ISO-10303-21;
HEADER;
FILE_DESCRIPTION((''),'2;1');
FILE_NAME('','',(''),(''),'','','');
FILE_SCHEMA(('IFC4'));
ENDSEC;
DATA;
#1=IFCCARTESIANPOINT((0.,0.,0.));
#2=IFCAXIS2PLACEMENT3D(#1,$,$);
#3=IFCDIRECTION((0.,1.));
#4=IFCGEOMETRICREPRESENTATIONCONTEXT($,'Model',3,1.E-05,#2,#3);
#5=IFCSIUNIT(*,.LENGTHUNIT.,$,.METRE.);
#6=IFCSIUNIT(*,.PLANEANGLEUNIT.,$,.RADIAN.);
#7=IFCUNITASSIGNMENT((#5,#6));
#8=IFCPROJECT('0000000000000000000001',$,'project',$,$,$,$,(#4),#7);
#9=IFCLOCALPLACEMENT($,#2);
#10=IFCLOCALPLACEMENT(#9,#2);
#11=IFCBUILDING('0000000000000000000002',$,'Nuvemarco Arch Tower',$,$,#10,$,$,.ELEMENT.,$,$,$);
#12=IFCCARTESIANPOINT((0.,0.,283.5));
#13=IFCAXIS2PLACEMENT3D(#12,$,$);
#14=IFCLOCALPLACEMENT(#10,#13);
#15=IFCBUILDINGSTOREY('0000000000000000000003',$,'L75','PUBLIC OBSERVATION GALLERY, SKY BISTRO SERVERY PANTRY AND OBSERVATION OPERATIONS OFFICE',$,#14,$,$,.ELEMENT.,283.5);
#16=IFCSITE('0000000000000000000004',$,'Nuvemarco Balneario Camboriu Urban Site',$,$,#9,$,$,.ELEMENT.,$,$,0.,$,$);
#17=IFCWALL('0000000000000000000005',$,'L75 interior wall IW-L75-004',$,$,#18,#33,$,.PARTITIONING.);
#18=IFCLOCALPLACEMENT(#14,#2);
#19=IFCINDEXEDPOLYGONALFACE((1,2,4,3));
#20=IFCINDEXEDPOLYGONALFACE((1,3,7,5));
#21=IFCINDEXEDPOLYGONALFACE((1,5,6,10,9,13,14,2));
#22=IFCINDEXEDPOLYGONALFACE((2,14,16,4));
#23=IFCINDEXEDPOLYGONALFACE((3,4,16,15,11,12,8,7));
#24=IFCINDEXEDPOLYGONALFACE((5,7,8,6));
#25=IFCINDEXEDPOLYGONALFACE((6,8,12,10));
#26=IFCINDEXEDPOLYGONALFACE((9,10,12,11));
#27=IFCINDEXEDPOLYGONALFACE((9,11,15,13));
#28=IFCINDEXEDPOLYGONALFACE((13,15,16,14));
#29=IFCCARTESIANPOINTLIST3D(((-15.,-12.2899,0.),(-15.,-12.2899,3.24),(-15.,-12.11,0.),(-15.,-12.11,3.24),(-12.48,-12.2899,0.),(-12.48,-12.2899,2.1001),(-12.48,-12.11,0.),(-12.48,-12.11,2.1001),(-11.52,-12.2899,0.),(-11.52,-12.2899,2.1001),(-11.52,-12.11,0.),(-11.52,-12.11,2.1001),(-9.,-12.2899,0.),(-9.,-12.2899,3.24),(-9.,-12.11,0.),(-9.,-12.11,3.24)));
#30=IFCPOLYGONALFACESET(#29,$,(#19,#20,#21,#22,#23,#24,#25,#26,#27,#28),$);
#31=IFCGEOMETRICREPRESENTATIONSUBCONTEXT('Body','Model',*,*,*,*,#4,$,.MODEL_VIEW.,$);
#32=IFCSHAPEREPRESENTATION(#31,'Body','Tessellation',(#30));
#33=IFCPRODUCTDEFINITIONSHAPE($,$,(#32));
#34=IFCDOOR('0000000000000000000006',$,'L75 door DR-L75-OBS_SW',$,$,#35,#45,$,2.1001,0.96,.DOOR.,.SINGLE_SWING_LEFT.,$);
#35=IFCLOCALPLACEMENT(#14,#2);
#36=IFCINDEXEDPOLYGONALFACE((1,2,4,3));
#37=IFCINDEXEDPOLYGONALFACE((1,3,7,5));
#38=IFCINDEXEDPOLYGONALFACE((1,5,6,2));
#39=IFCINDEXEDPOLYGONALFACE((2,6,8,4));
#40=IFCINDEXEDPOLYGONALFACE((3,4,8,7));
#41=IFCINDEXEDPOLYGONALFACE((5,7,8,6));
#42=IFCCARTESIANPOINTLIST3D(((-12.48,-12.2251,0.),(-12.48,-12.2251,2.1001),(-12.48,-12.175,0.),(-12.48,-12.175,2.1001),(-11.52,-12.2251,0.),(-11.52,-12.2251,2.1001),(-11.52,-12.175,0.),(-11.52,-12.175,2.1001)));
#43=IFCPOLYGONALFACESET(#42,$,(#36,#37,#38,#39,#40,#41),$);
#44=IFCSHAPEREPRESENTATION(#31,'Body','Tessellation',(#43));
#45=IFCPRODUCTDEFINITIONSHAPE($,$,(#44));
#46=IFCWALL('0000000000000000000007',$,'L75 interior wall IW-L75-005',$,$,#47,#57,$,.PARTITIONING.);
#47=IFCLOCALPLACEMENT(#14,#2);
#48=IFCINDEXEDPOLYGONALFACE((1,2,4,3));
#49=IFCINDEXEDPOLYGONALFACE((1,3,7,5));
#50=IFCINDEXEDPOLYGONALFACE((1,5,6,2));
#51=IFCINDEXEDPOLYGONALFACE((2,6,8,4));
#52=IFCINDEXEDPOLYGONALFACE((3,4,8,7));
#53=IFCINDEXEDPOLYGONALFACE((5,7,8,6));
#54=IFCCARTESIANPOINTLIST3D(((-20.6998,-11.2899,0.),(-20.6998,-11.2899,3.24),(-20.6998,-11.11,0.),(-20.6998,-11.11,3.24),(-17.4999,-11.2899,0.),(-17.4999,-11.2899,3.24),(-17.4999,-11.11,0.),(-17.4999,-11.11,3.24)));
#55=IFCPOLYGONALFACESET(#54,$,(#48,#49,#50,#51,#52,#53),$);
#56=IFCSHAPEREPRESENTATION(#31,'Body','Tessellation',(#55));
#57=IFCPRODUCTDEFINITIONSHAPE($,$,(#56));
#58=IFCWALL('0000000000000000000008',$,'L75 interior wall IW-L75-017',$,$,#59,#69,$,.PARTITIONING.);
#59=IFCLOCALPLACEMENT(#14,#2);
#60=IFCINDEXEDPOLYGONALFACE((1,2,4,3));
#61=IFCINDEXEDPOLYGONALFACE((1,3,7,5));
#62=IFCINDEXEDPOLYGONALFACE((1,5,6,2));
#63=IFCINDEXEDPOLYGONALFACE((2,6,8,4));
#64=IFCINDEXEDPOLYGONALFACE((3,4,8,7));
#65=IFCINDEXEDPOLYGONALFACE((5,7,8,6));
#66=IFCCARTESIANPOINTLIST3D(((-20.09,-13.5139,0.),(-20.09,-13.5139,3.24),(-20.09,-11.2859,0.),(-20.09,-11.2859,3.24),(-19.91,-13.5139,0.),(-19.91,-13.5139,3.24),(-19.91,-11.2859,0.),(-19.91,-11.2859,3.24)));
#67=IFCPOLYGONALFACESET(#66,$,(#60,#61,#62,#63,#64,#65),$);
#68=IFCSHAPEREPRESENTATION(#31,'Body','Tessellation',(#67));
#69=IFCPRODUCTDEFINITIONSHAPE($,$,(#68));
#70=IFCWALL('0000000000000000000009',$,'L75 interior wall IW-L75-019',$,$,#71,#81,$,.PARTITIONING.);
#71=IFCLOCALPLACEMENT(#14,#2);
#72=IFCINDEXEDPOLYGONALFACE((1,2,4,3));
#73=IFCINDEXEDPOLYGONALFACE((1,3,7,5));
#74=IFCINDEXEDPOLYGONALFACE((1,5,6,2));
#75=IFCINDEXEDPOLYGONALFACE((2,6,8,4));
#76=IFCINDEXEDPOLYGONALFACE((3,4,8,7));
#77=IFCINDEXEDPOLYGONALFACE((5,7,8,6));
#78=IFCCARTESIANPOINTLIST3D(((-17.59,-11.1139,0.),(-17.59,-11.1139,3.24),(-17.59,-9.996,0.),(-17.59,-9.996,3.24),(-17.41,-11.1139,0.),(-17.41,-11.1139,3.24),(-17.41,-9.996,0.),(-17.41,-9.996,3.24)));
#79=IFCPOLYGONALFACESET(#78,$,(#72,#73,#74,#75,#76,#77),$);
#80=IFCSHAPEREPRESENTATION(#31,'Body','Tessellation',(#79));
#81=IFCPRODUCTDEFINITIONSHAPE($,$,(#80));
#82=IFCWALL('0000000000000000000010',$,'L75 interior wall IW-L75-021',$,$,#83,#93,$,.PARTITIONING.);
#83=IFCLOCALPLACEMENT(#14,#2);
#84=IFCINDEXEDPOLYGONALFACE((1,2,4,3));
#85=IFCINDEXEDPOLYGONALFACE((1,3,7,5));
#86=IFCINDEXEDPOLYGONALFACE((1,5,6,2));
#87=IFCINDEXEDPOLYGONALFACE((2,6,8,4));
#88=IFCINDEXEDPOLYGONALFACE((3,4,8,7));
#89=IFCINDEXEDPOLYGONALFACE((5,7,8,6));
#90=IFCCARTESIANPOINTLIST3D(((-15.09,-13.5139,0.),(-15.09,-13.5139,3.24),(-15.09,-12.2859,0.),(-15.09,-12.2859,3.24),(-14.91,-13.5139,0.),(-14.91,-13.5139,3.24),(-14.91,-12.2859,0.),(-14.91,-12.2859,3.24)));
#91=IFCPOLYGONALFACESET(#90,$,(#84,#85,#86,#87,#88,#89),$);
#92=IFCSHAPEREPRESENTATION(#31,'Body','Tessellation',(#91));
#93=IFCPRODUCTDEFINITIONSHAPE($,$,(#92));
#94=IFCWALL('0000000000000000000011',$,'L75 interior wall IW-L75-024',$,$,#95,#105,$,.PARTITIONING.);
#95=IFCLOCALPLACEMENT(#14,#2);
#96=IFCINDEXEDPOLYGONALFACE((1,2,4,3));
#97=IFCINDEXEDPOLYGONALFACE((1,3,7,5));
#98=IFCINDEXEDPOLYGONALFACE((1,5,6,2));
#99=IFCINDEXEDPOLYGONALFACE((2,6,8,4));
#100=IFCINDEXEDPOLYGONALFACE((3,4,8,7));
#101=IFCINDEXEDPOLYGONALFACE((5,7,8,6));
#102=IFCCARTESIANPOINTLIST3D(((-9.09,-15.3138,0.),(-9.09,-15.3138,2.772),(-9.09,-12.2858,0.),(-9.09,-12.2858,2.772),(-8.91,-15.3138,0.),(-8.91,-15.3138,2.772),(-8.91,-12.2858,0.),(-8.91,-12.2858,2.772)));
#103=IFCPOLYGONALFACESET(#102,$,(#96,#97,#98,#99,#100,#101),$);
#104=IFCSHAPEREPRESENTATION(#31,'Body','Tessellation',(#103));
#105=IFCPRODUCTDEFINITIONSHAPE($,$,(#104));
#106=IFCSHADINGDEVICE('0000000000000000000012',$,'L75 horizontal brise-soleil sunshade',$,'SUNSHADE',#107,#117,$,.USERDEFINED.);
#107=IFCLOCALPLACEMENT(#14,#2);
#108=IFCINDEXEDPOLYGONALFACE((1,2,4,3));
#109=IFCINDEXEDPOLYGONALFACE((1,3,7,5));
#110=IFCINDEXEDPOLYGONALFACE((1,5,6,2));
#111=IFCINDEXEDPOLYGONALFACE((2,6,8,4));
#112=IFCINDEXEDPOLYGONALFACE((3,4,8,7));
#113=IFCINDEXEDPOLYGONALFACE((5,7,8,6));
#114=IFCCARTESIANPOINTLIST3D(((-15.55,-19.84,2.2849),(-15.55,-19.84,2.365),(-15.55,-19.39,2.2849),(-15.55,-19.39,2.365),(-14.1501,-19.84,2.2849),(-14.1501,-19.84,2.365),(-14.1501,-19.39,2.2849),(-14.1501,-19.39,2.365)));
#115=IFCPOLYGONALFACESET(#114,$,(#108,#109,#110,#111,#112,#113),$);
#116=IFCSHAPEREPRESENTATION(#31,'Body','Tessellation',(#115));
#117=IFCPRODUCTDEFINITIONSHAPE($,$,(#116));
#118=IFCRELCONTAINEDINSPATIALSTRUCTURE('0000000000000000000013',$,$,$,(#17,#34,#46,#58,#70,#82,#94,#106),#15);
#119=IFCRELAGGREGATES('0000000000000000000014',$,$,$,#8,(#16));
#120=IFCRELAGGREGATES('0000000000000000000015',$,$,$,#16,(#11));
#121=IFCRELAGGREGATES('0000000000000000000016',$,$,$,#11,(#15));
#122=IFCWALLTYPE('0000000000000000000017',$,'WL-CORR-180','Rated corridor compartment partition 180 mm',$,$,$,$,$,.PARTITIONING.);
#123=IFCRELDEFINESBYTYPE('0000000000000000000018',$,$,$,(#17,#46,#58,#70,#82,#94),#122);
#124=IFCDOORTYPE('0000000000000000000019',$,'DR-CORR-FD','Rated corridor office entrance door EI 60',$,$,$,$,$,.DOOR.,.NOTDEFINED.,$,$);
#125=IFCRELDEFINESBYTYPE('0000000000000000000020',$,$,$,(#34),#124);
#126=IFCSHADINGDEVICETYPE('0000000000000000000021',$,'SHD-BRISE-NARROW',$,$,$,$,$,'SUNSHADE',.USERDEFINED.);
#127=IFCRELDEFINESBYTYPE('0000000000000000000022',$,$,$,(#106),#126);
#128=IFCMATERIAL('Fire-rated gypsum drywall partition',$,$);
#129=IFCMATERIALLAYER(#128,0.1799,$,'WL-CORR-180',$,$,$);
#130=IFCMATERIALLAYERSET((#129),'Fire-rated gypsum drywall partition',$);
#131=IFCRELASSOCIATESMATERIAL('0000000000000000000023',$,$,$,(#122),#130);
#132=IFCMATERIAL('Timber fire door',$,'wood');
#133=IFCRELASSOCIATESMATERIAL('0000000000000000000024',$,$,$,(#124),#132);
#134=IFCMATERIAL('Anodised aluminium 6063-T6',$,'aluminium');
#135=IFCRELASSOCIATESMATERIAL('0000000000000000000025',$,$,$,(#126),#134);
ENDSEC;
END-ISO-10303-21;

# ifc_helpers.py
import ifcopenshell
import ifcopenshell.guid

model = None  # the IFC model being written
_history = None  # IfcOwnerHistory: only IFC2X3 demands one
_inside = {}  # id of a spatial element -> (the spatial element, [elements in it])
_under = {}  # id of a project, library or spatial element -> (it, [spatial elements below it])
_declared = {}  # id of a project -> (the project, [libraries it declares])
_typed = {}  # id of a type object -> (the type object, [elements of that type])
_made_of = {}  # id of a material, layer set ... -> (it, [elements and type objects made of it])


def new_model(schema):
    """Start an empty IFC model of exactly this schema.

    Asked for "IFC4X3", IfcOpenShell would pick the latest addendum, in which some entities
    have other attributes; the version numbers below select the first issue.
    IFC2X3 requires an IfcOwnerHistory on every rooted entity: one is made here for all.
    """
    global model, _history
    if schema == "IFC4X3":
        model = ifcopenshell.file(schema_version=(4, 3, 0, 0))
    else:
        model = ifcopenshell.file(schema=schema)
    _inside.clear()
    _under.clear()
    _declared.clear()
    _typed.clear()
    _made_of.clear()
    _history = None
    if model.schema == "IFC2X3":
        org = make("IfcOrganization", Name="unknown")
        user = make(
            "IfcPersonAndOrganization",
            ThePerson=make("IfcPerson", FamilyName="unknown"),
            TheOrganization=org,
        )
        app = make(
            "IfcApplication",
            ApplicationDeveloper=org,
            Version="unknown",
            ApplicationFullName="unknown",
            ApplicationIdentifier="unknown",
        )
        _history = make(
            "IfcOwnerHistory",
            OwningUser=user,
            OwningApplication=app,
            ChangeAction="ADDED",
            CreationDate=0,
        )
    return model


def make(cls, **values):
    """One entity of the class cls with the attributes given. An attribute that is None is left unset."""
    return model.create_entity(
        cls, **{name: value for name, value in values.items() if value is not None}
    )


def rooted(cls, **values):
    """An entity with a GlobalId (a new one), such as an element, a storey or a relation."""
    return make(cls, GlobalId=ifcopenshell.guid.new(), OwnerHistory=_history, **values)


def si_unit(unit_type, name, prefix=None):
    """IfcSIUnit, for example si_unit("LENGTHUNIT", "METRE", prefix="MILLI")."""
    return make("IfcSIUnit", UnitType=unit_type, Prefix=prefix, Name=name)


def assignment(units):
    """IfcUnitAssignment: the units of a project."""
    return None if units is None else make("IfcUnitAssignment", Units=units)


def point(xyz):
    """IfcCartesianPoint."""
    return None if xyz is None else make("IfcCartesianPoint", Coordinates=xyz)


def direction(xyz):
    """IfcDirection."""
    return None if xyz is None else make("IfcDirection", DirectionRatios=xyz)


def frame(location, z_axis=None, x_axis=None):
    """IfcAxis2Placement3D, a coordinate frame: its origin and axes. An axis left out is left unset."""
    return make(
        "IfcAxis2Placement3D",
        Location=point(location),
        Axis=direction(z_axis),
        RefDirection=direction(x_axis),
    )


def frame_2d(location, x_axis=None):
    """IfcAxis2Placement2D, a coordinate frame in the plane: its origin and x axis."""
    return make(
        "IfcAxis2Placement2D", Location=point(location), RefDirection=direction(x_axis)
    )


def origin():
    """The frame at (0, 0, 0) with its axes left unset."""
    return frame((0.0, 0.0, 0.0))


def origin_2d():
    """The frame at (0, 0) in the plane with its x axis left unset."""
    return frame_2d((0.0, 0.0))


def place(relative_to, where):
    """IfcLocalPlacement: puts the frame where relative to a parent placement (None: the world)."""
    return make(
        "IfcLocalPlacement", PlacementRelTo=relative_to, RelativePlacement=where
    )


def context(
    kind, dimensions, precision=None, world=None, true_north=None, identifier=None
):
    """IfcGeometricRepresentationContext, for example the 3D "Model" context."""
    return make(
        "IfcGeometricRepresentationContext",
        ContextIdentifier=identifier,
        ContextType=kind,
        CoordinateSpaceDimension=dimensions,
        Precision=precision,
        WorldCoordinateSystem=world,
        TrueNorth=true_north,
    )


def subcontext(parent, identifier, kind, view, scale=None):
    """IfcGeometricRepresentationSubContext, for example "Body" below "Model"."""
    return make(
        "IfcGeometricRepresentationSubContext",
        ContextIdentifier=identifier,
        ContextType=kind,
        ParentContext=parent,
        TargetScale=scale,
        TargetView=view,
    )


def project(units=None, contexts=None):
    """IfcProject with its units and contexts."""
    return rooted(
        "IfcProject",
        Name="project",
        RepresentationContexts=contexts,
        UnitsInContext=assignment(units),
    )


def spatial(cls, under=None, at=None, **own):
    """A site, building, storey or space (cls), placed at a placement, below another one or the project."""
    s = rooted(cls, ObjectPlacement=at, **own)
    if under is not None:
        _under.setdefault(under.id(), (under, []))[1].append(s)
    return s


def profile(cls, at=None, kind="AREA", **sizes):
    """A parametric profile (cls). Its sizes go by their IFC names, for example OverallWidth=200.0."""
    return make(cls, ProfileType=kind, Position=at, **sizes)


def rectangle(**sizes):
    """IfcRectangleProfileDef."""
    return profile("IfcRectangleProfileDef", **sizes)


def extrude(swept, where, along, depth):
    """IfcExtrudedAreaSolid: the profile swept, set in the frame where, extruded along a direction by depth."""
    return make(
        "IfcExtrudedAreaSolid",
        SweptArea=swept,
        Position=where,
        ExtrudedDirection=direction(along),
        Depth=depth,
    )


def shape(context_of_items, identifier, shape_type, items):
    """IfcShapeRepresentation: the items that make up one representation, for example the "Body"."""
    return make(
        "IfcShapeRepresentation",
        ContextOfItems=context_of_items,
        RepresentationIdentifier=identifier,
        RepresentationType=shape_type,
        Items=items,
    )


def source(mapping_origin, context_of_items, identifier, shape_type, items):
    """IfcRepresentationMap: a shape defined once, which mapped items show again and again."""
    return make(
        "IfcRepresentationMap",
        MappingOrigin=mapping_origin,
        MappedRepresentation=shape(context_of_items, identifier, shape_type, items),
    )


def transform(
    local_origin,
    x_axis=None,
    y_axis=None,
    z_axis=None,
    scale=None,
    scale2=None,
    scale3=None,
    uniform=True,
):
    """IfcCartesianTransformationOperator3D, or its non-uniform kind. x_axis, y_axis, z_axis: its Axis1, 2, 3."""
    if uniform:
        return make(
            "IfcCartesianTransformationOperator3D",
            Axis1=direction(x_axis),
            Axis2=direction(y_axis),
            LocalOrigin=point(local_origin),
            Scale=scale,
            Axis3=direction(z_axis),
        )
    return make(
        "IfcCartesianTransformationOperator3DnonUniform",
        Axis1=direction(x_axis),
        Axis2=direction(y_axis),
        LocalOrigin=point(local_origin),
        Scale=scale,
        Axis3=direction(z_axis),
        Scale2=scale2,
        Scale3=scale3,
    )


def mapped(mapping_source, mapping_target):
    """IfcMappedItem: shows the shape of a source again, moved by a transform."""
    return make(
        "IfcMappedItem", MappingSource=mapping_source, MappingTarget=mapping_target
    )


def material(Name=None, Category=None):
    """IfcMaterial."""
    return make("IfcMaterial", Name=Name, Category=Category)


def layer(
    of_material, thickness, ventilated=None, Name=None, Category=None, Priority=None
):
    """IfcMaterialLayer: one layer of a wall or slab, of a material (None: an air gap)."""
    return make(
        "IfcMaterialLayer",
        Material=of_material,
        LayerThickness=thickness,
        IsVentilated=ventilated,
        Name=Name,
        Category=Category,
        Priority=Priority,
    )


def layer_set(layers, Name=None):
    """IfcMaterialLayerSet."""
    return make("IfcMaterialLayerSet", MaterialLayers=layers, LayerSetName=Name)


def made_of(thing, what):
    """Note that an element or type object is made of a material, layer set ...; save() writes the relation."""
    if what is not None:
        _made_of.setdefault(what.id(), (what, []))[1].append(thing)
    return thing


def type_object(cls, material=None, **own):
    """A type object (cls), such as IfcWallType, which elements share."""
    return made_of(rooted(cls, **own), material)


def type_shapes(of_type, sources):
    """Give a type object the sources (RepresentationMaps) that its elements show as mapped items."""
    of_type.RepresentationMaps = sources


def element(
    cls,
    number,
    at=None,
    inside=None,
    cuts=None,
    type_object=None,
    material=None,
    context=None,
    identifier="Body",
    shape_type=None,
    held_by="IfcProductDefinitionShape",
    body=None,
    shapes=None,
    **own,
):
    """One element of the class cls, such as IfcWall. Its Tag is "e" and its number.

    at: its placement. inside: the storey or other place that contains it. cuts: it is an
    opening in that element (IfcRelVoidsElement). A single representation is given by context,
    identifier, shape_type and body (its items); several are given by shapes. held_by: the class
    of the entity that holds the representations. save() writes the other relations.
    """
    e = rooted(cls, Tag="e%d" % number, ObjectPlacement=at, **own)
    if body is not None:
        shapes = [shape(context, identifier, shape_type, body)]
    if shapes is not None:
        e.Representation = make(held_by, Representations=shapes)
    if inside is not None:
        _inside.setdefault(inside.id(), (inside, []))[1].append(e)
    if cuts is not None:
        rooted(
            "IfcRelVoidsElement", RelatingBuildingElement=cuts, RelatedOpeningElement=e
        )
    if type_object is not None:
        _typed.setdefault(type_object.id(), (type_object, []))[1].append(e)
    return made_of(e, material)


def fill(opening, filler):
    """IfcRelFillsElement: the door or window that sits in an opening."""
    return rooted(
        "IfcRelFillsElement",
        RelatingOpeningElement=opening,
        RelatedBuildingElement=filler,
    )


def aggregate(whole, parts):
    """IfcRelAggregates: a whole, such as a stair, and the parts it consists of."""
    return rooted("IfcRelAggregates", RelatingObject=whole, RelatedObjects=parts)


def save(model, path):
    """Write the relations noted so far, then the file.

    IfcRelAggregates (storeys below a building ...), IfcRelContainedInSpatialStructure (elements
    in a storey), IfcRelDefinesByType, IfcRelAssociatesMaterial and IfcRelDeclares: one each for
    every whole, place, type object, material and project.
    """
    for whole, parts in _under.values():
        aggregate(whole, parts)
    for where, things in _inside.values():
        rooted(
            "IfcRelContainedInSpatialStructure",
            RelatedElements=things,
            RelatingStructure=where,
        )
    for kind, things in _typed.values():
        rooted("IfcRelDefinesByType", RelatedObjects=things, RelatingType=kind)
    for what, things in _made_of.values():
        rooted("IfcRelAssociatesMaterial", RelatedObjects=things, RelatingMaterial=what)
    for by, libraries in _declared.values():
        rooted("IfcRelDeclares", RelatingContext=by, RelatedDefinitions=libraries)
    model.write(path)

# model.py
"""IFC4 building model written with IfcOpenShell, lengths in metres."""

from ifc_helpers import new_model, si_unit, direction, frame, frame_2d, origin, origin_2d, place, context, subcontext, project, spatial, rectangle, extrude, source, transform, mapped, material, layer, layer_set, type_object, type_shapes, element, fill, save


model = new_model("IFC4")

# Units and contexts
model_context = context("Model", 3, precision=1e-05, world=origin(), true_north=direction((0.0, 1.0)))
body_context = subcontext(model_context, "Body", "Model", "MODEL_VIEW")
ifc_project = project(units=[si_unit("LENGTHUNIT", "METRE"), si_unit("PLANEANGLEUNIT", "RADIAN")], contexts=[model_context])

# Site, building, storey
site_placement = place(None, origin())
site = spatial("IfcSite", under=ifc_project, at=site_placement, Name="Nuvemarco Balneario Camboriu Urban Site", CompositionType="ELEMENT", RefElevation=0.0)
building_placement = place(site_placement, origin())
building = spatial("IfcBuilding", under=site, at=building_placement, Name="Nuvemarco Arch Tower", CompositionType="ELEMENT")
storey_placement = place(building_placement, frame((0.0, 0.0, 283.5)))
storey = spatial("IfcBuildingStorey", under=building, at=storey_placement, Name="L75", Description="PUBLIC OBSERVATION GALLERY, SKY BISTRO SERVERY PANTRY AND OBSERVATION OPERATIONS OFFICE", CompositionType="ELEMENT", Elevation=283.5)

# Shared definitions
ifc_material_1 = material(Name="Fire-rated gypsum drywall partition")
ifc_layer_1 = layer(ifc_material_1, 0.1799, Name="WL-CORR-180")
ifc_layer_set_1 = layer_set([ifc_layer_1], Name="Fire-rated gypsum drywall partition")
wall_type_1 = type_object("IfcWallType", Name="WL-CORR-180", Description="Rated corridor compartment partition 180 mm", PredefinedType="PARTITIONING", material=ifc_layer_set_1)

# Wall, opening, door
wall_1_placement = place(storey_placement, frame((-15.0, -12.2, 0.0), z_axis=(0.0, 0.0, 1.0), x_axis=(1.0, 0.0, 0.0)))
wall_1 = element("IfcWall", 1, at=wall_1_placement, inside=storey, type_object=wall_type_1, Name="L75 interior wall IW-L75-004", PredefinedType="PARTITIONING", context=body_context, shape_type="SweptSolid", body=[
    extrude(rectangle(XDim=6.0, YDim=0.1799, at=frame_2d((3.0, 0.0))), origin(), (0.0, 0.0, 1.0), 3.24),
])
opening_1_placement = place(wall_1_placement, frame((2.52, 0.0, 0.0)))
opening_1 = element("IfcOpeningElement", 2, at=opening_1_placement, cuts=wall_1, PredefinedType="OPENING", context=body_context, shape_type="SweptSolid", body=[
    extrude(rectangle(XDim=0.96, YDim=2.1001, at=frame_2d((0.48, 1.05))), frame((0.0, 0.0999, 0.0), z_axis=(0.0, -1.0, 0.0), x_axis=(1.0, 0.0, 0.0)), (0.0, 0.0, 1.0), 0.2),
])
ifc_material_2 = material(Name="Timber fire door", Category="wood")
door_type = type_object("IfcDoorType", Name="DR-CORR-FD", Description="Rated corridor office entrance door EI 60", OperationType="NOTDEFINED", PredefinedType="DOOR", material=ifc_material_2)
shared_shape_1 = source(origin(), body_context, "Body", "SweptSolid", [
    extrude(rectangle(XDim=0.96, YDim=2.1001, at=frame_2d((0.48, 1.05))), frame((0.0, 0.0249, 0.0), z_axis=(0.0, -1.0, 0.0), x_axis=(1.0, 0.0, 0.0)), (0.0, 0.0, 1.0), 0.05),
])
type_shapes(door_type, [shared_shape_1])
door_placement = place(opening_1_placement, origin())
door = element("IfcDoor", 3, at=door_placement, inside=storey, type_object=door_type, Name="L75 door DR-L75-OBS_SW", OperationType="SINGLE_SWING_LEFT", OverallHeight=2.1001, OverallWidth=0.96, PredefinedType="DOOR", context=body_context, shape_type="MappedRepresentation", body=[
    mapped(shared_shape_1, transform((0.0, 0.0, 0.0), scale=1.0)),
])
fill(opening_1, door)

# Walls
wall_2_placement = place(storey_placement, frame((-20.7, -11.2, 0.0), z_axis=(0.0, 0.0, 1.0), x_axis=(1.0, 0.0, 0.0)))
element("IfcWall", 4, at=wall_2_placement, inside=storey, type_object=wall_type_1, Name="L75 interior wall IW-L75-005", PredefinedType="PARTITIONING", context=body_context, shape_type="SweptSolid", body=[
    extrude(rectangle(XDim=3.2, YDim=0.1799, at=frame_2d((1.6001, 0.0))), origin(), (0.0, 0.0, 1.0), 3.24),
])
wall_3_placement = place(storey_placement, frame((-20.0, -13.5139, 0.0), z_axis=(0.0, 0.0, 1.0), x_axis=(0.0, 1.0, 0.0)))
element("IfcWall", 5, at=wall_3_placement, inside=storey, type_object=wall_type_1, Name="L75 interior wall IW-L75-017", PredefinedType="PARTITIONING", context=body_context, shape_type="SweptSolid", body=[
    extrude(rectangle(XDim=2.228, YDim=0.1799, at=frame_2d((1.114, 0.0))), origin(), (0.0, 0.0, 1.0), 3.24),
])
wall_4_placement = place(storey_placement, frame((-17.5, -11.114, 0.0), z_axis=(0.0, 0.0, 1.0), x_axis=(0.0, 1.0, 0.0)))
element("IfcWall", 6, at=wall_4_placement, inside=storey, type_object=wall_type_1, Name="L75 interior wall IW-L75-019", PredefinedType="PARTITIONING", context=body_context, shape_type="SweptSolid", body=[
    extrude(rectangle(XDim=1.1179, YDim=0.1799, at=frame_2d((0.5591, 0.0))), origin(), (0.0, 0.0, 1.0), 3.24),
])
wall_5_placement = place(storey_placement, frame((-15.0, -13.5139, 0.0), z_axis=(0.0, 0.0, 1.0), x_axis=(0.0, 1.0, 0.0)))
element("IfcWall", 7, at=wall_5_placement, inside=storey, type_object=wall_type_1, Name="L75 interior wall IW-L75-021", PredefinedType="PARTITIONING", context=body_context, shape_type="SweptSolid", body=[
    extrude(rectangle(XDim=1.228, YDim=0.1799, at=frame_2d((0.614, 0.0))), origin(), (0.0, 0.0, 1.0), 3.24),
])
wall_6_placement = place(storey_placement, frame((-9.0, -15.314, 0.0), z_axis=(0.0, 0.0, 1.0), x_axis=(0.0, 1.0, 0.0)))
element("IfcWall", 8, at=wall_6_placement, inside=storey, type_object=wall_type_1, Name="L75 interior wall IW-L75-024", PredefinedType="PARTITIONING", context=body_context, shape_type="SweptSolid", body=[
    extrude(rectangle(XDim=3.0281, YDim=0.1799, at=frame_2d((1.5142, 0.0))), origin(), (0.0, 0.0, 1.0), 2.772),
])

# Shading device
ifc_material_3 = material(Name="Anodised aluminium 6063-T6", Category="aluminium")
shading_device_type = type_object("IfcShadingDeviceType", Name="SHD-BRISE-NARROW", ElementType="SUNSHADE", PredefinedType="USERDEFINED", material=ifc_material_3)
shared_shape_2 = source(origin(), body_context, "Body", "SweptSolid", [
    extrude(rectangle(XDim=1.3999, YDim=0.45, at=origin_2d()), origin(), (0.0, 0.0, 1.0), 0.0801),
])
type_shapes(shading_device_type, [shared_shape_2])
shading_device_placement = place(storey_placement, frame((-14.8501, -19.615, 2.2849), z_axis=(0.0, 0.0, 1.0), x_axis=(1.0, 0.0, 0.0)))
element("IfcShadingDevice", 9, at=shading_device_placement, inside=storey, type_object=shading_device_type, Name="L75 horizontal brise-soleil sunshade", ObjectType="SUNSHADE", PredefinedType="USERDEFINED", context=body_context, shape_type="MappedRepresentation", body=[
    mapped(shared_shape_2, transform((0.0, 0.0, 0.0), scale=1.0)),
])

save(model, "model.ifc")
